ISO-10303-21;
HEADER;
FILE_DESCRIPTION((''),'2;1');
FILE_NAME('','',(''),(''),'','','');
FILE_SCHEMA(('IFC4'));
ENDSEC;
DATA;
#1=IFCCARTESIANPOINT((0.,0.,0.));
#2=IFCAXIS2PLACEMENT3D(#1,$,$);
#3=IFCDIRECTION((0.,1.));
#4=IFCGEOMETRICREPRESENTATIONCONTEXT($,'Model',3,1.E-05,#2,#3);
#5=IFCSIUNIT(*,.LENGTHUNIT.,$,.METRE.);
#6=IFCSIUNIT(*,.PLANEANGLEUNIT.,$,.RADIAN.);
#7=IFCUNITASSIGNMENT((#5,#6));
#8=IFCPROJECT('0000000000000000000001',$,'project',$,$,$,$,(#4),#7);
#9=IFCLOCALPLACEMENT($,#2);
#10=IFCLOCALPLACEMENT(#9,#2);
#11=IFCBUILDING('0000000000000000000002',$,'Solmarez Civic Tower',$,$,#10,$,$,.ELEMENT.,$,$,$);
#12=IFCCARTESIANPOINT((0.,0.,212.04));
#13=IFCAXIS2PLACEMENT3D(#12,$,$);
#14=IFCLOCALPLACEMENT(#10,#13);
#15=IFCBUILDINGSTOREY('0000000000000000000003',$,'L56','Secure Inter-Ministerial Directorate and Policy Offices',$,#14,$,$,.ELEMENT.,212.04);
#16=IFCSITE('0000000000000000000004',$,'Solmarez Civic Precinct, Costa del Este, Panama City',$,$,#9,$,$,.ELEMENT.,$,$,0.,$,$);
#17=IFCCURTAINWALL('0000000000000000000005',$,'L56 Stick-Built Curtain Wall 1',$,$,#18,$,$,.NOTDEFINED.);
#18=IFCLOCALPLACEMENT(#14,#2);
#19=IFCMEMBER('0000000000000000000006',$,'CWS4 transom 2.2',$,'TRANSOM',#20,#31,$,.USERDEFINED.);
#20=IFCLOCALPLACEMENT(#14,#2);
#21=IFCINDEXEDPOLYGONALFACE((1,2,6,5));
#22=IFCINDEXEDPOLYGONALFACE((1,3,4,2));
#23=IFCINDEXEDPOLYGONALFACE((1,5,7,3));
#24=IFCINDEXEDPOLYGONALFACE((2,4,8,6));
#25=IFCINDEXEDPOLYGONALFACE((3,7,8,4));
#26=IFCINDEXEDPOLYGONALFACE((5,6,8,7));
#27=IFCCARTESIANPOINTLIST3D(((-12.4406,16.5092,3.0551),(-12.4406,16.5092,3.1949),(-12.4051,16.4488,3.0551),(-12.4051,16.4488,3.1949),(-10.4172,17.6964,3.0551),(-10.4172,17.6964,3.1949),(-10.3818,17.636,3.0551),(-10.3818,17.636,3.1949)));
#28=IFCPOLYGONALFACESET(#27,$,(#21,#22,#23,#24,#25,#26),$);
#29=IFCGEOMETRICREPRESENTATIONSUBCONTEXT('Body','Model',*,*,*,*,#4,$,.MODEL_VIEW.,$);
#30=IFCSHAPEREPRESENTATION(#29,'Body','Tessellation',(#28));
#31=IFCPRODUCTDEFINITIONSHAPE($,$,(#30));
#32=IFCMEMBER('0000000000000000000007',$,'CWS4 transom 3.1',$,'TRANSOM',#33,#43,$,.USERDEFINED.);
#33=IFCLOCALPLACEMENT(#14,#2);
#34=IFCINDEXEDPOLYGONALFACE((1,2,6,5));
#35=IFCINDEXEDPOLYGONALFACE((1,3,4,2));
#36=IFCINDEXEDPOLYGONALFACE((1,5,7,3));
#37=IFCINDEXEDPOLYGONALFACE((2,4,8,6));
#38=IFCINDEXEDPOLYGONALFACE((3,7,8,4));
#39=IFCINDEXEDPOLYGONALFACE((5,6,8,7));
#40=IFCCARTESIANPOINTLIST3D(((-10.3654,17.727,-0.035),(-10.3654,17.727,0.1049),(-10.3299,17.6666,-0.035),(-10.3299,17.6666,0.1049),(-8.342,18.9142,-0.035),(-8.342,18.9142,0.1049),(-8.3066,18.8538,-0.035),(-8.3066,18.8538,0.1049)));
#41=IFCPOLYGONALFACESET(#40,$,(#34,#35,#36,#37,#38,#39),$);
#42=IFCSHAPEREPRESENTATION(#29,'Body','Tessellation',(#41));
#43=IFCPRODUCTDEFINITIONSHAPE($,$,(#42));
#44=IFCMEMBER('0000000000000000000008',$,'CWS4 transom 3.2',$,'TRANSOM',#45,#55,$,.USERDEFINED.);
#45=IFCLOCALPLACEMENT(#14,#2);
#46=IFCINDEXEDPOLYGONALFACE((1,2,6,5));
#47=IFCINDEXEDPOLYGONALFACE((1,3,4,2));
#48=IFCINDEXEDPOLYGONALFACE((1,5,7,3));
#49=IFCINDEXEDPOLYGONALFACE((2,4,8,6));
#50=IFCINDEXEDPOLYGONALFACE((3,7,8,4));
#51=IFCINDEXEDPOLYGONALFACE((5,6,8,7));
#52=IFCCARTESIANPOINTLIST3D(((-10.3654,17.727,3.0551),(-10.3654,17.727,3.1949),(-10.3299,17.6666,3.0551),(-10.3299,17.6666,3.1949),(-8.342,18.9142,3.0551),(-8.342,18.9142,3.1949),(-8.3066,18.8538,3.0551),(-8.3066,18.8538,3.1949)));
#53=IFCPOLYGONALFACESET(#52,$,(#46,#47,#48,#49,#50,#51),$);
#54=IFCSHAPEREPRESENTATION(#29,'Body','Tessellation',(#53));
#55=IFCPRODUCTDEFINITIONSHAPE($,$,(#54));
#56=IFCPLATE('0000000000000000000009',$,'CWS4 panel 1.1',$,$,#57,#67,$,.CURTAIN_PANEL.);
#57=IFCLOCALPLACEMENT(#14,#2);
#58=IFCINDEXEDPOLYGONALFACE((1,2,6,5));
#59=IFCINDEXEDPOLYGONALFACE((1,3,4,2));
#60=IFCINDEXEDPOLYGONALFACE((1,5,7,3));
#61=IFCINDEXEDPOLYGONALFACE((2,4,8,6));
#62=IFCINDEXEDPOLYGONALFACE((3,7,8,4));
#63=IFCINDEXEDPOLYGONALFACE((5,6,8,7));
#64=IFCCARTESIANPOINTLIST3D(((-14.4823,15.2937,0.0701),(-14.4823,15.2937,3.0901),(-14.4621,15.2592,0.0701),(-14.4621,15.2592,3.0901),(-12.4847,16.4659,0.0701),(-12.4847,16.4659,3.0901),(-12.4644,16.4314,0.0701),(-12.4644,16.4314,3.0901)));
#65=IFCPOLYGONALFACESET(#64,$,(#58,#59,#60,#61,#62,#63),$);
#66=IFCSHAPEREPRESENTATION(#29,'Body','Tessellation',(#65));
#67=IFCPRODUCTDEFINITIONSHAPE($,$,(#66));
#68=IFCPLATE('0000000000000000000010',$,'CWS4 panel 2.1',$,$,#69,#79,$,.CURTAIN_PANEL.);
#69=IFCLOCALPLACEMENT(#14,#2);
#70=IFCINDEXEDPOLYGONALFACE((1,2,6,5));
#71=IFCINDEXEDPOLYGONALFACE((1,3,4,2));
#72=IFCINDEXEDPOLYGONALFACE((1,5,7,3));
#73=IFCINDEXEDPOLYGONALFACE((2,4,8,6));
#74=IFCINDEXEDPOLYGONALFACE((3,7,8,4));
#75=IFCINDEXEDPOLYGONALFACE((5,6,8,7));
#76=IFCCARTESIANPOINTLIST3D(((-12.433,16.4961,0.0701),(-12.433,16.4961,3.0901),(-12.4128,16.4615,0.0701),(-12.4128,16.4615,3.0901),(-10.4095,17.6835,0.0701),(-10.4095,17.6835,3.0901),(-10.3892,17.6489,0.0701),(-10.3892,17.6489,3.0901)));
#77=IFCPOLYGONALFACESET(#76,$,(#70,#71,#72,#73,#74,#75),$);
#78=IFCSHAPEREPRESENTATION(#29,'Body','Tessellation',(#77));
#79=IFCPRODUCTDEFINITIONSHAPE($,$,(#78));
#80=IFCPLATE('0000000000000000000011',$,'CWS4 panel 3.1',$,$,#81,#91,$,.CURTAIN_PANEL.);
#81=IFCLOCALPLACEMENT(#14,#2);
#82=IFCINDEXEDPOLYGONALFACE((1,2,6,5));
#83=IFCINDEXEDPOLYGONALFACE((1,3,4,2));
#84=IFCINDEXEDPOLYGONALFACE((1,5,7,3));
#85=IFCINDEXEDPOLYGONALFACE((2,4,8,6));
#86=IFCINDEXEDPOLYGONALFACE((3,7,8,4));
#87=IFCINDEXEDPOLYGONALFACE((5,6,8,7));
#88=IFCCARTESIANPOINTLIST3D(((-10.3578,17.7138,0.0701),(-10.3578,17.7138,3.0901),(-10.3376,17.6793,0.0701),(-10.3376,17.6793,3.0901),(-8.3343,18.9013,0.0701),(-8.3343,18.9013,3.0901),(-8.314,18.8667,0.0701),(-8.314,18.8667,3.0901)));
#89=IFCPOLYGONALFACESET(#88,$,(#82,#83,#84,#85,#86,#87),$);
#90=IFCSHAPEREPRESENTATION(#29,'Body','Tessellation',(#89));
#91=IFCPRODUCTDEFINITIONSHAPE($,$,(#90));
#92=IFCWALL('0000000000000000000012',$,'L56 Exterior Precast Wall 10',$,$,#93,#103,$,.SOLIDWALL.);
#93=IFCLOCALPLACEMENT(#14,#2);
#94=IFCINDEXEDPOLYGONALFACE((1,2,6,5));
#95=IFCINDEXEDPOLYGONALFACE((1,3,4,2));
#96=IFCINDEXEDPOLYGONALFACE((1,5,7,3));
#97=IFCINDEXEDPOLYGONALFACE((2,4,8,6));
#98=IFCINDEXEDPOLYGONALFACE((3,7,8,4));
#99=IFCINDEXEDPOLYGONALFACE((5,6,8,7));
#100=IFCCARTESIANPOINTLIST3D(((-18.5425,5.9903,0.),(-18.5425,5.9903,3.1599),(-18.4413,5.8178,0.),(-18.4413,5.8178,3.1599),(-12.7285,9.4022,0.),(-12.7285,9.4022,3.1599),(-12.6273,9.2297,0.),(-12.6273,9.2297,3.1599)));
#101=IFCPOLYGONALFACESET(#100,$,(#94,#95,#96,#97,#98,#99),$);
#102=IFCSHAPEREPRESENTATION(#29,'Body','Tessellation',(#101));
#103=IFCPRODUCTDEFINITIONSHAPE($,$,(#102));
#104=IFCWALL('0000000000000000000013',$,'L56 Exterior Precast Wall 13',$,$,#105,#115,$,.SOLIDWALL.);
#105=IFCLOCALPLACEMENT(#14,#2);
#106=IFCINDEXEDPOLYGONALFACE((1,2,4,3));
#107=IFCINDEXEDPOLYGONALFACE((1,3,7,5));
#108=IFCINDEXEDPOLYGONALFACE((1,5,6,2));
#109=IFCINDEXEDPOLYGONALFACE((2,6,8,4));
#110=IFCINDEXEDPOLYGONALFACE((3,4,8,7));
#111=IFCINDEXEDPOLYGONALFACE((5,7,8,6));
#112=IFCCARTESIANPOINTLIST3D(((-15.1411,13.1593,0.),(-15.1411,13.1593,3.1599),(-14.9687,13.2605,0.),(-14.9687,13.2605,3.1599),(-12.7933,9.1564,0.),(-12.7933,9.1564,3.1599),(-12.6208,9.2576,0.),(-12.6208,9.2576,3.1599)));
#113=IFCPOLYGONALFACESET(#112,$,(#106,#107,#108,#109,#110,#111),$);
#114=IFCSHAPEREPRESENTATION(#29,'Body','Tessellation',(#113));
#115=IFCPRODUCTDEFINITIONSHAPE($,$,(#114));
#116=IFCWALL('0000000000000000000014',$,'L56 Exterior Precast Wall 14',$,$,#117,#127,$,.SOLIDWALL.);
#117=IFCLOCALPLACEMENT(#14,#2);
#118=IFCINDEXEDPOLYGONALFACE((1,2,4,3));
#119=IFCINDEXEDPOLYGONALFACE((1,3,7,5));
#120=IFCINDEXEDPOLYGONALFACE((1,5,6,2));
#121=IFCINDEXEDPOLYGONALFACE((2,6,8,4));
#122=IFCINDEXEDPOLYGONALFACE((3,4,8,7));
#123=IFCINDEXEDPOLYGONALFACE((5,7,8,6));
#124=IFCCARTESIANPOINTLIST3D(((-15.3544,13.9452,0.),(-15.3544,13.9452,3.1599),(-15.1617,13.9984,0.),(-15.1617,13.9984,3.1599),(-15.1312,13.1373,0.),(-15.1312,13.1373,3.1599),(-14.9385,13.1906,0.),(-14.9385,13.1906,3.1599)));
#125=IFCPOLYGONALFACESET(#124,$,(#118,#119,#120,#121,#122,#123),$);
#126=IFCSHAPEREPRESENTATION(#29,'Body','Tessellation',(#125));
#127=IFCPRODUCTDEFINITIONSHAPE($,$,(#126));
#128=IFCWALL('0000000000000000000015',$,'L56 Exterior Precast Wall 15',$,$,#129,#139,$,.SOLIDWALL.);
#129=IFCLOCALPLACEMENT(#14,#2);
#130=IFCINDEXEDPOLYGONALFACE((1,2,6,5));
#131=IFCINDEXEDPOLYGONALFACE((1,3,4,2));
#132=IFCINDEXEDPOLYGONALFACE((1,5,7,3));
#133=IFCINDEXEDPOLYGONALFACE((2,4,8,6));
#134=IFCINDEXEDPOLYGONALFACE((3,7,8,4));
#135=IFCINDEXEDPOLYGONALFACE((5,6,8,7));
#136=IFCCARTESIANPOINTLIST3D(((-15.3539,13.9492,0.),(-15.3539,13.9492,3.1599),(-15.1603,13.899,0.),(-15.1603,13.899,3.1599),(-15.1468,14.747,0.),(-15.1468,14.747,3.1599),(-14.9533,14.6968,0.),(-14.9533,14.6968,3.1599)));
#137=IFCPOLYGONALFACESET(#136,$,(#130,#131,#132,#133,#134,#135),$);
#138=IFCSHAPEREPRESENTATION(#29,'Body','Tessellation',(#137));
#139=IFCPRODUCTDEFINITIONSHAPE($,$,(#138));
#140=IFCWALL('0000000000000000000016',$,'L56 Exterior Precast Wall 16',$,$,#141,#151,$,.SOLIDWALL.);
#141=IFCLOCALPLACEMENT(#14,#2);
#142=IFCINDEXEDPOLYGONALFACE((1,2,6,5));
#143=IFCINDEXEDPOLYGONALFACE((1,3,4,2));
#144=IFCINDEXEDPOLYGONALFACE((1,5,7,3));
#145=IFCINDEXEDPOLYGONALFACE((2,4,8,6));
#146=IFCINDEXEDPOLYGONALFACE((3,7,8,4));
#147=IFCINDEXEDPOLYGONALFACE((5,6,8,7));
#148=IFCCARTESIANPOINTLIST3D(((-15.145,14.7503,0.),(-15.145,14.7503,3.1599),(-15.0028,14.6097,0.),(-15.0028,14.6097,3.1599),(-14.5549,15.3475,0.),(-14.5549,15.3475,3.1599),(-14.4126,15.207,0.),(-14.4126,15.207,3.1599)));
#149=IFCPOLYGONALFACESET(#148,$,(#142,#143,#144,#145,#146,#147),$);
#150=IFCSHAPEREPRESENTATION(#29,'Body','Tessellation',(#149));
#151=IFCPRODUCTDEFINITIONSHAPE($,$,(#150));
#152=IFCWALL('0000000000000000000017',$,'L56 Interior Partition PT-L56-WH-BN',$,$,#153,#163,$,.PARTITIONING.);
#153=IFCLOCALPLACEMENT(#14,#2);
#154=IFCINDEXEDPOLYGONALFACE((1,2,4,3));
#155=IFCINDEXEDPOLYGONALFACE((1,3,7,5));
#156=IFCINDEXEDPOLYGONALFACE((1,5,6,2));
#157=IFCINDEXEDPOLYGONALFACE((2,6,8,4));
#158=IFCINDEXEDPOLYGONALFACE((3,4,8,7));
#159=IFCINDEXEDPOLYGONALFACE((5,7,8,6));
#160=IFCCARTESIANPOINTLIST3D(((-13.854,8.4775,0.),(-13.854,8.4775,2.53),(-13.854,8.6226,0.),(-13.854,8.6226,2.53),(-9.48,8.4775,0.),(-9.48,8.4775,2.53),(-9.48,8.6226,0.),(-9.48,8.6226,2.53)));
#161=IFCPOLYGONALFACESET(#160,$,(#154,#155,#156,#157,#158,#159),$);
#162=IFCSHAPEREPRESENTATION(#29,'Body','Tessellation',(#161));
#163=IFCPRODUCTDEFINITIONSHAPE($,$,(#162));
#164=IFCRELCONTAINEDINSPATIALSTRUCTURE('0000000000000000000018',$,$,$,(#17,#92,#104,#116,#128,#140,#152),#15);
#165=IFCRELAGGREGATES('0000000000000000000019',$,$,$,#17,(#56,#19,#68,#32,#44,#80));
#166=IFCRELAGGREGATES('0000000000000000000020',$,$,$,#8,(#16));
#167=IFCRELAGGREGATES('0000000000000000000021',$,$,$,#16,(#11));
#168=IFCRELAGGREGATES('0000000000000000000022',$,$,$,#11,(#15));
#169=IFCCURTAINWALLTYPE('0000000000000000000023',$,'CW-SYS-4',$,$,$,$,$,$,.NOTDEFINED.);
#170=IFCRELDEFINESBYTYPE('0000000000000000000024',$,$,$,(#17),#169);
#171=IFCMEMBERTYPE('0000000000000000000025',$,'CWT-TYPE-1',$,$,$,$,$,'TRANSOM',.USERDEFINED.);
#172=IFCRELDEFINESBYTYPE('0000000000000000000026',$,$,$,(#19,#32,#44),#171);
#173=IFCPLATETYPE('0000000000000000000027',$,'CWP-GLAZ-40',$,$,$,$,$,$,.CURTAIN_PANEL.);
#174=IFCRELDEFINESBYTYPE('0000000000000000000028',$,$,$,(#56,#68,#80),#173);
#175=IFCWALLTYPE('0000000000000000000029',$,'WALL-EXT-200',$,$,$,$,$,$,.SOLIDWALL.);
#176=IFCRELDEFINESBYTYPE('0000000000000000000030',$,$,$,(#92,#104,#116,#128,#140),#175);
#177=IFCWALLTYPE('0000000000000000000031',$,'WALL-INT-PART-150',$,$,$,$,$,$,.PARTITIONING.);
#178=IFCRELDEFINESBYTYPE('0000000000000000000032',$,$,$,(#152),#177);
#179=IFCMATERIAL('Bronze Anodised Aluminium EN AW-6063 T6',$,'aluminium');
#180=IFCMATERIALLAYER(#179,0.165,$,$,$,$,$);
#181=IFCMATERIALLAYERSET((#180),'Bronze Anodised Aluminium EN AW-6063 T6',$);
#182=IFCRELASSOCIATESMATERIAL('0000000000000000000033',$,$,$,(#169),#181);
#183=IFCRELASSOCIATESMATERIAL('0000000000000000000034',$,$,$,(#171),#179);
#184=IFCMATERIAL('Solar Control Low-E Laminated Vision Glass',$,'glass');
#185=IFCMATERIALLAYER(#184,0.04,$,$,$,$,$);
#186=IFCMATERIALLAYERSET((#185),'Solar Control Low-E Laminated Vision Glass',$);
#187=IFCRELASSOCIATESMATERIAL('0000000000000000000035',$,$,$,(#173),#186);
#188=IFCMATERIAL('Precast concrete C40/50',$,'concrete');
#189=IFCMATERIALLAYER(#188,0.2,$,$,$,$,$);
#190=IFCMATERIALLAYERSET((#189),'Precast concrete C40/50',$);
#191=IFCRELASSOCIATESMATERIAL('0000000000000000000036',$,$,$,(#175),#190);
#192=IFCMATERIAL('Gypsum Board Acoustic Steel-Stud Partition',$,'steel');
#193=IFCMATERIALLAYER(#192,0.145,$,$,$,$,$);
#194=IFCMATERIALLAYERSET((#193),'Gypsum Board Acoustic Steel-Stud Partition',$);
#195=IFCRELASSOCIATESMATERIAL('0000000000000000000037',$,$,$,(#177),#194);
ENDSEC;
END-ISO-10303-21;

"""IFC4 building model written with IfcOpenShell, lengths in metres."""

from ifc_helpers import new_model, si_unit, direction, frame, frame_2d, origin, origin_2d, place, context, subcontext, project, spatial, rectangle, extrude, material, layer, layer_set, material_profile, profile_set, type_object, element, aggregate, save


model = new_model("IFC4")

# Units and contexts
model_context = context("Model", 3, precision=1e-05, world=origin(), true_north=direction((0.0, 1.0)))
body_context = subcontext(model_context, "Body", "Model", "MODEL_VIEW")
ifc_project = project(units=[si_unit("LENGTHUNIT", "METRE"), si_unit("PLANEANGLEUNIT", "RADIAN")], contexts=[model_context])

# Site, building, storey
site_placement = place(None, origin())
site = spatial("IfcSite", under=ifc_project, at=site_placement, Name="Solmarez Civic Precinct, Costa del Este, Panama City", CompositionType="ELEMENT", RefElevation=0.0)
building_placement = place(site_placement, origin())
building = spatial("IfcBuilding", under=site, at=building_placement, Name="Solmarez Civic Tower", CompositionType="ELEMENT")
storey_placement = place(building_placement, frame((0.0, 0.0, 212.04)))
storey = spatial("IfcBuildingStorey", under=building, at=storey_placement, Name="L56", Description="Secure Inter-Ministerial Directorate and Policy Offices", CompositionType="ELEMENT", Elevation=212.04)

# Curtain wall, members, plates
ifc_material_1 = material(Name="Bronze Anodised Aluminium EN AW-6063 T6", Category="aluminium")
ifc_layer_1 = layer(ifc_material_1, 0.165)
ifc_layer_set_1 = layer_set([ifc_layer_1], Name="Bronze Anodised Aluminium EN AW-6063 T6")
curtain_wall_type = type_object("IfcCurtainWallType", Name="CW-SYS-4", PredefinedType="NOTDEFINED", material=ifc_layer_set_1)
curtain_wall_placement = place(storey_placement, origin())
curtain_wall = element("IfcCurtainWall", 1, at=curtain_wall_placement, inside=storey, type_object=curtain_wall_type, Name="L56 Stick-Built Curtain Wall 1", PredefinedType="NOTDEFINED")
ifc_material_profile_1 = material_profile(ifc_material_1, rectangle(XDim=0.0701, YDim=0.1399, at=origin_2d()), Name="CWT-70X140")
ifc_profile_set_1 = profile_set([ifc_material_profile_1], Name="Bronze Anodised Aluminium EN AW-6063 T6")
member_type_1 = type_object("IfcMemberType", Name="CWT-TYPE-1", ElementType="TRANSOM", PredefinedType="USERDEFINED", material=ifc_profile_set_1)
member_1_placement = place(storey_placement, frame((-12.4229, 16.479, 3.125), z_axis=(0.862493, 0.506069, 0.0), x_axis=(-0.506069, 0.862493, 0.0)))
member_1 = element("IfcMember", 2, at=member_1_placement, type_object=member_type_1, Name="CWS4 transom 2.2", ObjectType="TRANSOM", PredefinedType="USERDEFINED", context=body_context, shape_type="SweptSolid", body=[
    extrude(rectangle(XDim=0.0701, YDim=0.1399, at=origin_2d()), origin(), (0.0, 0.0, 1.0), 2.3459),
])
member_2_placement = place(storey_placement, frame((-10.3477, 17.6968, 0.0349), z_axis=(0.862493, 0.506069, 0.0), x_axis=(-0.506069, 0.862493, 0.0)))
member_2 = element("IfcMember", 3, at=member_2_placement, type_object=member_type_1, Name="CWS4 transom 3.1", ObjectType="TRANSOM", PredefinedType="USERDEFINED", context=body_context, shape_type="SweptSolid", body=[
    extrude(rectangle(XDim=0.0701, YDim=0.1399, at=origin_2d()), origin(), (0.0, 0.0, 1.0), 2.3459),
])
member_3_placement = place(storey_placement, frame((-10.3477, 17.6968, 3.125), z_axis=(0.862493, 0.506069, 0.0), x_axis=(-0.506069, 0.862493, 0.0)))
member_3 = element("IfcMember", 4, at=member_3_placement, type_object=member_type_1, Name="CWS4 transom 3.2", ObjectType="TRANSOM", PredefinedType="USERDEFINED", context=body_context, shape_type="SweptSolid", body=[
    extrude(rectangle(XDim=0.0701, YDim=0.1399, at=origin_2d()), origin(), (0.0, 0.0, 1.0), 2.3459),
])
ifc_material_2 = material(Name="Solar Control Low-E Laminated Vision Glass", Category="glass")
ifc_layer_2 = layer(ifc_material_2, 0.04)
ifc_layer_set_2 = layer_set([ifc_layer_2], Name="Solar Control Low-E Laminated Vision Glass")
plate_type = type_object("IfcPlateType", Name="CWP-GLAZ-40", PredefinedType="CURTAIN_PANEL", material=ifc_layer_set_2)
plate_1_placement = place(storey_placement, frame((-13.4734, 15.8625, 0.0701), z_axis=(0.0, 0.0, 1.0), x_axis=(0.862476, 0.506098, 0.0)))
plate_1 = element("IfcPlate", 5, at=plate_1_placement, type_object=plate_type, Name="CWS4 panel 1.1", PredefinedType="CURTAIN_PANEL", context=body_context, shape_type="SweptSolid", body=[
    extrude(rectangle(XDim=2.3162, YDim=0.04, at=origin_2d()), origin(), (0.0, 0.0, 1.0), 3.02),
])
plate_2_placement = place(storey_placement, frame((-11.4111, 17.0725, 0.0701), z_axis=(0.0, 0.0, 1.0), x_axis=(0.862476, 0.506098, 0.0)))
plate_2 = element("IfcPlate", 6, at=plate_2_placement, type_object=plate_type, Name="CWS4 panel 2.1", PredefinedType="CURTAIN_PANEL", context=body_context, shape_type="SweptSolid", body=[
    extrude(rectangle(XDim=2.3462, YDim=0.04, at=origin_2d()), origin(), (0.0, 0.0, 1.0), 3.02),
])
plate_3_placement = place(storey_placement, frame((-9.3359, 18.2903, 0.0701), z_axis=(0.0, 0.0, 1.0), x_axis=(0.862476, 0.506098, 0.0)))
plate_3 = element("IfcPlate", 7, at=plate_3_placement, type_object=plate_type, Name="CWS4 panel 3.1", PredefinedType="CURTAIN_PANEL", context=body_context, shape_type="SweptSolid", body=[
    extrude(rectangle(XDim=2.3462, YDim=0.04, at=origin_2d()), origin(), (0.0, 0.0, 1.0), 3.02),
])
aggregate(curtain_wall, [plate_1, member_1, plate_2, member_2, member_3, plate_3])

# Walls
ifc_material_3 = material(Name="Precast concrete C40/50", Category="concrete")
ifc_layer_3 = layer(ifc_material_3, 0.2)
ifc_layer_set_3 = layer_set([ifc_layer_3], Name="Precast concrete C40/50")
wall_type_1 = type_object("IfcWallType", Name="WALL-EXT-200", PredefinedType="SOLIDWALL", material=ifc_layer_set_3)
wall_1_placement = place(storey_placement, frame((-18.4919, 5.9041, 0.0), z_axis=(0.0, 0.0, 1.0), x_axis=(0.86246, 0.506126, 0.0)))
element("IfcWall", 8, at=wall_1_placement, inside=storey, type_object=wall_type_1, Name="L56 Exterior Precast Wall 10", PredefinedType="SOLIDWALL", context=body_context, shape_type="SweptSolid", body=[
    extrude(rectangle(XDim=6.7412, YDim=0.2, at=frame_2d((3.3706, 0.0))), origin(), (0.0, 0.0, 1.0), 3.1599),
])
wall_2_placement = place(storey_placement, frame((-12.707, 9.207, 0.0), z_axis=(0.0, 0.0, 1.0), x_axis=(-0.505937, 0.862571, 0.0)))
element("IfcWall", 9, at=wall_2_placement, inside=storey, type_object=wall_type_1, Name="L56 Exterior Precast Wall 13", PredefinedType="SOLIDWALL", context=body_context, shape_type="SweptSolid", body=[
    extrude(rectangle(XDim=4.6406, YDim=0.2, at=frame_2d((2.3203, 0.0))), origin(), (0.0, 0.0, 1.0), 3.1599),
])
wall_3_placement = place(storey_placement, frame((-15.0349, 13.1641, 0.0), z_axis=(0.0, 0.0, 1.0), x_axis=(-0.266246, 0.963905, 0.0)))
element("IfcWall", 10, at=wall_3_placement, inside=storey, type_object=wall_type_1, Name="L56 Exterior Precast Wall 14", PredefinedType="SOLIDWALL", context=body_context, shape_type="SweptSolid", body=[
    extrude(rectangle(XDim=0.8381, YDim=0.2, at=frame_2d((0.4189, 0.0))), origin(), (0.0, 0.0, 1.0), 3.1599),
])
wall_4_placement = place(storey_placement, frame((-15.2571, 13.9241, 0.0), z_axis=(0.0, 0.0, 1.0), x_axis=(0.251168, 0.967944, 0.0)))
element("IfcWall", 11, at=wall_4_placement, inside=storey, type_object=wall_type_1, Name="L56 Exterior Precast Wall 15", PredefinedType="SOLIDWALL", context=body_context, shape_type="SweptSolid", body=[
    extrude(rectangle(XDim=0.8242, YDim=0.2, at=frame_2d((0.4121, 0.0))), origin(), (0.0, 0.0, 1.0), 3.1599),
])
wall_5_placement = place(storey_placement, frame((-15.074, 14.6799, 0.0), z_axis=(0.0, 0.0, 1.0), x_axis=(0.702878, 0.711311, 0.0)))
element("IfcWall", 12, at=wall_5_placement, inside=storey, type_object=wall_type_1, Name="L56 Exterior Precast Wall 16", PredefinedType="SOLIDWALL", context=body_context, shape_type="SweptSolid", body=[
    extrude(rectangle(XDim=0.8396, YDim=0.2, at=frame_2d((0.4199, 0.0))), origin(), (0.0, 0.0, 1.0), 3.1599),
])
ifc_material_4 = material(Name="Gypsum Board Acoustic Steel-Stud Partition", Category="steel")
ifc_layer_4 = layer(ifc_material_4, 0.145)
ifc_layer_set_4 = layer_set([ifc_layer_4], Name="Gypsum Board Acoustic Steel-Stud Partition")
wall_type_2 = type_object("IfcWallType", Name="WALL-INT-PART-150", PredefinedType="PARTITIONING", material=ifc_layer_set_4)
wall_6_placement = place(storey_placement, frame((-13.854, 8.55, 0.0), z_axis=(0.0, 0.0, 1.0), x_axis=(1.0, 0.0, 0.0)))
element("IfcWall", 13, at=wall_6_placement, inside=storey, type_object=wall_type_2, Name="L56 Interior Partition PT-L56-WH-BN", PredefinedType="PARTITIONING", context=body_context, shape_type="SweptSolid", body=[
    extrude(rectangle(XDim=4.374, YDim=0.145, at=frame_2d((2.187, 0.0))), origin(), (0.0, 0.0, 1.0), 2.53),
])

save(model, "model.ifc")
